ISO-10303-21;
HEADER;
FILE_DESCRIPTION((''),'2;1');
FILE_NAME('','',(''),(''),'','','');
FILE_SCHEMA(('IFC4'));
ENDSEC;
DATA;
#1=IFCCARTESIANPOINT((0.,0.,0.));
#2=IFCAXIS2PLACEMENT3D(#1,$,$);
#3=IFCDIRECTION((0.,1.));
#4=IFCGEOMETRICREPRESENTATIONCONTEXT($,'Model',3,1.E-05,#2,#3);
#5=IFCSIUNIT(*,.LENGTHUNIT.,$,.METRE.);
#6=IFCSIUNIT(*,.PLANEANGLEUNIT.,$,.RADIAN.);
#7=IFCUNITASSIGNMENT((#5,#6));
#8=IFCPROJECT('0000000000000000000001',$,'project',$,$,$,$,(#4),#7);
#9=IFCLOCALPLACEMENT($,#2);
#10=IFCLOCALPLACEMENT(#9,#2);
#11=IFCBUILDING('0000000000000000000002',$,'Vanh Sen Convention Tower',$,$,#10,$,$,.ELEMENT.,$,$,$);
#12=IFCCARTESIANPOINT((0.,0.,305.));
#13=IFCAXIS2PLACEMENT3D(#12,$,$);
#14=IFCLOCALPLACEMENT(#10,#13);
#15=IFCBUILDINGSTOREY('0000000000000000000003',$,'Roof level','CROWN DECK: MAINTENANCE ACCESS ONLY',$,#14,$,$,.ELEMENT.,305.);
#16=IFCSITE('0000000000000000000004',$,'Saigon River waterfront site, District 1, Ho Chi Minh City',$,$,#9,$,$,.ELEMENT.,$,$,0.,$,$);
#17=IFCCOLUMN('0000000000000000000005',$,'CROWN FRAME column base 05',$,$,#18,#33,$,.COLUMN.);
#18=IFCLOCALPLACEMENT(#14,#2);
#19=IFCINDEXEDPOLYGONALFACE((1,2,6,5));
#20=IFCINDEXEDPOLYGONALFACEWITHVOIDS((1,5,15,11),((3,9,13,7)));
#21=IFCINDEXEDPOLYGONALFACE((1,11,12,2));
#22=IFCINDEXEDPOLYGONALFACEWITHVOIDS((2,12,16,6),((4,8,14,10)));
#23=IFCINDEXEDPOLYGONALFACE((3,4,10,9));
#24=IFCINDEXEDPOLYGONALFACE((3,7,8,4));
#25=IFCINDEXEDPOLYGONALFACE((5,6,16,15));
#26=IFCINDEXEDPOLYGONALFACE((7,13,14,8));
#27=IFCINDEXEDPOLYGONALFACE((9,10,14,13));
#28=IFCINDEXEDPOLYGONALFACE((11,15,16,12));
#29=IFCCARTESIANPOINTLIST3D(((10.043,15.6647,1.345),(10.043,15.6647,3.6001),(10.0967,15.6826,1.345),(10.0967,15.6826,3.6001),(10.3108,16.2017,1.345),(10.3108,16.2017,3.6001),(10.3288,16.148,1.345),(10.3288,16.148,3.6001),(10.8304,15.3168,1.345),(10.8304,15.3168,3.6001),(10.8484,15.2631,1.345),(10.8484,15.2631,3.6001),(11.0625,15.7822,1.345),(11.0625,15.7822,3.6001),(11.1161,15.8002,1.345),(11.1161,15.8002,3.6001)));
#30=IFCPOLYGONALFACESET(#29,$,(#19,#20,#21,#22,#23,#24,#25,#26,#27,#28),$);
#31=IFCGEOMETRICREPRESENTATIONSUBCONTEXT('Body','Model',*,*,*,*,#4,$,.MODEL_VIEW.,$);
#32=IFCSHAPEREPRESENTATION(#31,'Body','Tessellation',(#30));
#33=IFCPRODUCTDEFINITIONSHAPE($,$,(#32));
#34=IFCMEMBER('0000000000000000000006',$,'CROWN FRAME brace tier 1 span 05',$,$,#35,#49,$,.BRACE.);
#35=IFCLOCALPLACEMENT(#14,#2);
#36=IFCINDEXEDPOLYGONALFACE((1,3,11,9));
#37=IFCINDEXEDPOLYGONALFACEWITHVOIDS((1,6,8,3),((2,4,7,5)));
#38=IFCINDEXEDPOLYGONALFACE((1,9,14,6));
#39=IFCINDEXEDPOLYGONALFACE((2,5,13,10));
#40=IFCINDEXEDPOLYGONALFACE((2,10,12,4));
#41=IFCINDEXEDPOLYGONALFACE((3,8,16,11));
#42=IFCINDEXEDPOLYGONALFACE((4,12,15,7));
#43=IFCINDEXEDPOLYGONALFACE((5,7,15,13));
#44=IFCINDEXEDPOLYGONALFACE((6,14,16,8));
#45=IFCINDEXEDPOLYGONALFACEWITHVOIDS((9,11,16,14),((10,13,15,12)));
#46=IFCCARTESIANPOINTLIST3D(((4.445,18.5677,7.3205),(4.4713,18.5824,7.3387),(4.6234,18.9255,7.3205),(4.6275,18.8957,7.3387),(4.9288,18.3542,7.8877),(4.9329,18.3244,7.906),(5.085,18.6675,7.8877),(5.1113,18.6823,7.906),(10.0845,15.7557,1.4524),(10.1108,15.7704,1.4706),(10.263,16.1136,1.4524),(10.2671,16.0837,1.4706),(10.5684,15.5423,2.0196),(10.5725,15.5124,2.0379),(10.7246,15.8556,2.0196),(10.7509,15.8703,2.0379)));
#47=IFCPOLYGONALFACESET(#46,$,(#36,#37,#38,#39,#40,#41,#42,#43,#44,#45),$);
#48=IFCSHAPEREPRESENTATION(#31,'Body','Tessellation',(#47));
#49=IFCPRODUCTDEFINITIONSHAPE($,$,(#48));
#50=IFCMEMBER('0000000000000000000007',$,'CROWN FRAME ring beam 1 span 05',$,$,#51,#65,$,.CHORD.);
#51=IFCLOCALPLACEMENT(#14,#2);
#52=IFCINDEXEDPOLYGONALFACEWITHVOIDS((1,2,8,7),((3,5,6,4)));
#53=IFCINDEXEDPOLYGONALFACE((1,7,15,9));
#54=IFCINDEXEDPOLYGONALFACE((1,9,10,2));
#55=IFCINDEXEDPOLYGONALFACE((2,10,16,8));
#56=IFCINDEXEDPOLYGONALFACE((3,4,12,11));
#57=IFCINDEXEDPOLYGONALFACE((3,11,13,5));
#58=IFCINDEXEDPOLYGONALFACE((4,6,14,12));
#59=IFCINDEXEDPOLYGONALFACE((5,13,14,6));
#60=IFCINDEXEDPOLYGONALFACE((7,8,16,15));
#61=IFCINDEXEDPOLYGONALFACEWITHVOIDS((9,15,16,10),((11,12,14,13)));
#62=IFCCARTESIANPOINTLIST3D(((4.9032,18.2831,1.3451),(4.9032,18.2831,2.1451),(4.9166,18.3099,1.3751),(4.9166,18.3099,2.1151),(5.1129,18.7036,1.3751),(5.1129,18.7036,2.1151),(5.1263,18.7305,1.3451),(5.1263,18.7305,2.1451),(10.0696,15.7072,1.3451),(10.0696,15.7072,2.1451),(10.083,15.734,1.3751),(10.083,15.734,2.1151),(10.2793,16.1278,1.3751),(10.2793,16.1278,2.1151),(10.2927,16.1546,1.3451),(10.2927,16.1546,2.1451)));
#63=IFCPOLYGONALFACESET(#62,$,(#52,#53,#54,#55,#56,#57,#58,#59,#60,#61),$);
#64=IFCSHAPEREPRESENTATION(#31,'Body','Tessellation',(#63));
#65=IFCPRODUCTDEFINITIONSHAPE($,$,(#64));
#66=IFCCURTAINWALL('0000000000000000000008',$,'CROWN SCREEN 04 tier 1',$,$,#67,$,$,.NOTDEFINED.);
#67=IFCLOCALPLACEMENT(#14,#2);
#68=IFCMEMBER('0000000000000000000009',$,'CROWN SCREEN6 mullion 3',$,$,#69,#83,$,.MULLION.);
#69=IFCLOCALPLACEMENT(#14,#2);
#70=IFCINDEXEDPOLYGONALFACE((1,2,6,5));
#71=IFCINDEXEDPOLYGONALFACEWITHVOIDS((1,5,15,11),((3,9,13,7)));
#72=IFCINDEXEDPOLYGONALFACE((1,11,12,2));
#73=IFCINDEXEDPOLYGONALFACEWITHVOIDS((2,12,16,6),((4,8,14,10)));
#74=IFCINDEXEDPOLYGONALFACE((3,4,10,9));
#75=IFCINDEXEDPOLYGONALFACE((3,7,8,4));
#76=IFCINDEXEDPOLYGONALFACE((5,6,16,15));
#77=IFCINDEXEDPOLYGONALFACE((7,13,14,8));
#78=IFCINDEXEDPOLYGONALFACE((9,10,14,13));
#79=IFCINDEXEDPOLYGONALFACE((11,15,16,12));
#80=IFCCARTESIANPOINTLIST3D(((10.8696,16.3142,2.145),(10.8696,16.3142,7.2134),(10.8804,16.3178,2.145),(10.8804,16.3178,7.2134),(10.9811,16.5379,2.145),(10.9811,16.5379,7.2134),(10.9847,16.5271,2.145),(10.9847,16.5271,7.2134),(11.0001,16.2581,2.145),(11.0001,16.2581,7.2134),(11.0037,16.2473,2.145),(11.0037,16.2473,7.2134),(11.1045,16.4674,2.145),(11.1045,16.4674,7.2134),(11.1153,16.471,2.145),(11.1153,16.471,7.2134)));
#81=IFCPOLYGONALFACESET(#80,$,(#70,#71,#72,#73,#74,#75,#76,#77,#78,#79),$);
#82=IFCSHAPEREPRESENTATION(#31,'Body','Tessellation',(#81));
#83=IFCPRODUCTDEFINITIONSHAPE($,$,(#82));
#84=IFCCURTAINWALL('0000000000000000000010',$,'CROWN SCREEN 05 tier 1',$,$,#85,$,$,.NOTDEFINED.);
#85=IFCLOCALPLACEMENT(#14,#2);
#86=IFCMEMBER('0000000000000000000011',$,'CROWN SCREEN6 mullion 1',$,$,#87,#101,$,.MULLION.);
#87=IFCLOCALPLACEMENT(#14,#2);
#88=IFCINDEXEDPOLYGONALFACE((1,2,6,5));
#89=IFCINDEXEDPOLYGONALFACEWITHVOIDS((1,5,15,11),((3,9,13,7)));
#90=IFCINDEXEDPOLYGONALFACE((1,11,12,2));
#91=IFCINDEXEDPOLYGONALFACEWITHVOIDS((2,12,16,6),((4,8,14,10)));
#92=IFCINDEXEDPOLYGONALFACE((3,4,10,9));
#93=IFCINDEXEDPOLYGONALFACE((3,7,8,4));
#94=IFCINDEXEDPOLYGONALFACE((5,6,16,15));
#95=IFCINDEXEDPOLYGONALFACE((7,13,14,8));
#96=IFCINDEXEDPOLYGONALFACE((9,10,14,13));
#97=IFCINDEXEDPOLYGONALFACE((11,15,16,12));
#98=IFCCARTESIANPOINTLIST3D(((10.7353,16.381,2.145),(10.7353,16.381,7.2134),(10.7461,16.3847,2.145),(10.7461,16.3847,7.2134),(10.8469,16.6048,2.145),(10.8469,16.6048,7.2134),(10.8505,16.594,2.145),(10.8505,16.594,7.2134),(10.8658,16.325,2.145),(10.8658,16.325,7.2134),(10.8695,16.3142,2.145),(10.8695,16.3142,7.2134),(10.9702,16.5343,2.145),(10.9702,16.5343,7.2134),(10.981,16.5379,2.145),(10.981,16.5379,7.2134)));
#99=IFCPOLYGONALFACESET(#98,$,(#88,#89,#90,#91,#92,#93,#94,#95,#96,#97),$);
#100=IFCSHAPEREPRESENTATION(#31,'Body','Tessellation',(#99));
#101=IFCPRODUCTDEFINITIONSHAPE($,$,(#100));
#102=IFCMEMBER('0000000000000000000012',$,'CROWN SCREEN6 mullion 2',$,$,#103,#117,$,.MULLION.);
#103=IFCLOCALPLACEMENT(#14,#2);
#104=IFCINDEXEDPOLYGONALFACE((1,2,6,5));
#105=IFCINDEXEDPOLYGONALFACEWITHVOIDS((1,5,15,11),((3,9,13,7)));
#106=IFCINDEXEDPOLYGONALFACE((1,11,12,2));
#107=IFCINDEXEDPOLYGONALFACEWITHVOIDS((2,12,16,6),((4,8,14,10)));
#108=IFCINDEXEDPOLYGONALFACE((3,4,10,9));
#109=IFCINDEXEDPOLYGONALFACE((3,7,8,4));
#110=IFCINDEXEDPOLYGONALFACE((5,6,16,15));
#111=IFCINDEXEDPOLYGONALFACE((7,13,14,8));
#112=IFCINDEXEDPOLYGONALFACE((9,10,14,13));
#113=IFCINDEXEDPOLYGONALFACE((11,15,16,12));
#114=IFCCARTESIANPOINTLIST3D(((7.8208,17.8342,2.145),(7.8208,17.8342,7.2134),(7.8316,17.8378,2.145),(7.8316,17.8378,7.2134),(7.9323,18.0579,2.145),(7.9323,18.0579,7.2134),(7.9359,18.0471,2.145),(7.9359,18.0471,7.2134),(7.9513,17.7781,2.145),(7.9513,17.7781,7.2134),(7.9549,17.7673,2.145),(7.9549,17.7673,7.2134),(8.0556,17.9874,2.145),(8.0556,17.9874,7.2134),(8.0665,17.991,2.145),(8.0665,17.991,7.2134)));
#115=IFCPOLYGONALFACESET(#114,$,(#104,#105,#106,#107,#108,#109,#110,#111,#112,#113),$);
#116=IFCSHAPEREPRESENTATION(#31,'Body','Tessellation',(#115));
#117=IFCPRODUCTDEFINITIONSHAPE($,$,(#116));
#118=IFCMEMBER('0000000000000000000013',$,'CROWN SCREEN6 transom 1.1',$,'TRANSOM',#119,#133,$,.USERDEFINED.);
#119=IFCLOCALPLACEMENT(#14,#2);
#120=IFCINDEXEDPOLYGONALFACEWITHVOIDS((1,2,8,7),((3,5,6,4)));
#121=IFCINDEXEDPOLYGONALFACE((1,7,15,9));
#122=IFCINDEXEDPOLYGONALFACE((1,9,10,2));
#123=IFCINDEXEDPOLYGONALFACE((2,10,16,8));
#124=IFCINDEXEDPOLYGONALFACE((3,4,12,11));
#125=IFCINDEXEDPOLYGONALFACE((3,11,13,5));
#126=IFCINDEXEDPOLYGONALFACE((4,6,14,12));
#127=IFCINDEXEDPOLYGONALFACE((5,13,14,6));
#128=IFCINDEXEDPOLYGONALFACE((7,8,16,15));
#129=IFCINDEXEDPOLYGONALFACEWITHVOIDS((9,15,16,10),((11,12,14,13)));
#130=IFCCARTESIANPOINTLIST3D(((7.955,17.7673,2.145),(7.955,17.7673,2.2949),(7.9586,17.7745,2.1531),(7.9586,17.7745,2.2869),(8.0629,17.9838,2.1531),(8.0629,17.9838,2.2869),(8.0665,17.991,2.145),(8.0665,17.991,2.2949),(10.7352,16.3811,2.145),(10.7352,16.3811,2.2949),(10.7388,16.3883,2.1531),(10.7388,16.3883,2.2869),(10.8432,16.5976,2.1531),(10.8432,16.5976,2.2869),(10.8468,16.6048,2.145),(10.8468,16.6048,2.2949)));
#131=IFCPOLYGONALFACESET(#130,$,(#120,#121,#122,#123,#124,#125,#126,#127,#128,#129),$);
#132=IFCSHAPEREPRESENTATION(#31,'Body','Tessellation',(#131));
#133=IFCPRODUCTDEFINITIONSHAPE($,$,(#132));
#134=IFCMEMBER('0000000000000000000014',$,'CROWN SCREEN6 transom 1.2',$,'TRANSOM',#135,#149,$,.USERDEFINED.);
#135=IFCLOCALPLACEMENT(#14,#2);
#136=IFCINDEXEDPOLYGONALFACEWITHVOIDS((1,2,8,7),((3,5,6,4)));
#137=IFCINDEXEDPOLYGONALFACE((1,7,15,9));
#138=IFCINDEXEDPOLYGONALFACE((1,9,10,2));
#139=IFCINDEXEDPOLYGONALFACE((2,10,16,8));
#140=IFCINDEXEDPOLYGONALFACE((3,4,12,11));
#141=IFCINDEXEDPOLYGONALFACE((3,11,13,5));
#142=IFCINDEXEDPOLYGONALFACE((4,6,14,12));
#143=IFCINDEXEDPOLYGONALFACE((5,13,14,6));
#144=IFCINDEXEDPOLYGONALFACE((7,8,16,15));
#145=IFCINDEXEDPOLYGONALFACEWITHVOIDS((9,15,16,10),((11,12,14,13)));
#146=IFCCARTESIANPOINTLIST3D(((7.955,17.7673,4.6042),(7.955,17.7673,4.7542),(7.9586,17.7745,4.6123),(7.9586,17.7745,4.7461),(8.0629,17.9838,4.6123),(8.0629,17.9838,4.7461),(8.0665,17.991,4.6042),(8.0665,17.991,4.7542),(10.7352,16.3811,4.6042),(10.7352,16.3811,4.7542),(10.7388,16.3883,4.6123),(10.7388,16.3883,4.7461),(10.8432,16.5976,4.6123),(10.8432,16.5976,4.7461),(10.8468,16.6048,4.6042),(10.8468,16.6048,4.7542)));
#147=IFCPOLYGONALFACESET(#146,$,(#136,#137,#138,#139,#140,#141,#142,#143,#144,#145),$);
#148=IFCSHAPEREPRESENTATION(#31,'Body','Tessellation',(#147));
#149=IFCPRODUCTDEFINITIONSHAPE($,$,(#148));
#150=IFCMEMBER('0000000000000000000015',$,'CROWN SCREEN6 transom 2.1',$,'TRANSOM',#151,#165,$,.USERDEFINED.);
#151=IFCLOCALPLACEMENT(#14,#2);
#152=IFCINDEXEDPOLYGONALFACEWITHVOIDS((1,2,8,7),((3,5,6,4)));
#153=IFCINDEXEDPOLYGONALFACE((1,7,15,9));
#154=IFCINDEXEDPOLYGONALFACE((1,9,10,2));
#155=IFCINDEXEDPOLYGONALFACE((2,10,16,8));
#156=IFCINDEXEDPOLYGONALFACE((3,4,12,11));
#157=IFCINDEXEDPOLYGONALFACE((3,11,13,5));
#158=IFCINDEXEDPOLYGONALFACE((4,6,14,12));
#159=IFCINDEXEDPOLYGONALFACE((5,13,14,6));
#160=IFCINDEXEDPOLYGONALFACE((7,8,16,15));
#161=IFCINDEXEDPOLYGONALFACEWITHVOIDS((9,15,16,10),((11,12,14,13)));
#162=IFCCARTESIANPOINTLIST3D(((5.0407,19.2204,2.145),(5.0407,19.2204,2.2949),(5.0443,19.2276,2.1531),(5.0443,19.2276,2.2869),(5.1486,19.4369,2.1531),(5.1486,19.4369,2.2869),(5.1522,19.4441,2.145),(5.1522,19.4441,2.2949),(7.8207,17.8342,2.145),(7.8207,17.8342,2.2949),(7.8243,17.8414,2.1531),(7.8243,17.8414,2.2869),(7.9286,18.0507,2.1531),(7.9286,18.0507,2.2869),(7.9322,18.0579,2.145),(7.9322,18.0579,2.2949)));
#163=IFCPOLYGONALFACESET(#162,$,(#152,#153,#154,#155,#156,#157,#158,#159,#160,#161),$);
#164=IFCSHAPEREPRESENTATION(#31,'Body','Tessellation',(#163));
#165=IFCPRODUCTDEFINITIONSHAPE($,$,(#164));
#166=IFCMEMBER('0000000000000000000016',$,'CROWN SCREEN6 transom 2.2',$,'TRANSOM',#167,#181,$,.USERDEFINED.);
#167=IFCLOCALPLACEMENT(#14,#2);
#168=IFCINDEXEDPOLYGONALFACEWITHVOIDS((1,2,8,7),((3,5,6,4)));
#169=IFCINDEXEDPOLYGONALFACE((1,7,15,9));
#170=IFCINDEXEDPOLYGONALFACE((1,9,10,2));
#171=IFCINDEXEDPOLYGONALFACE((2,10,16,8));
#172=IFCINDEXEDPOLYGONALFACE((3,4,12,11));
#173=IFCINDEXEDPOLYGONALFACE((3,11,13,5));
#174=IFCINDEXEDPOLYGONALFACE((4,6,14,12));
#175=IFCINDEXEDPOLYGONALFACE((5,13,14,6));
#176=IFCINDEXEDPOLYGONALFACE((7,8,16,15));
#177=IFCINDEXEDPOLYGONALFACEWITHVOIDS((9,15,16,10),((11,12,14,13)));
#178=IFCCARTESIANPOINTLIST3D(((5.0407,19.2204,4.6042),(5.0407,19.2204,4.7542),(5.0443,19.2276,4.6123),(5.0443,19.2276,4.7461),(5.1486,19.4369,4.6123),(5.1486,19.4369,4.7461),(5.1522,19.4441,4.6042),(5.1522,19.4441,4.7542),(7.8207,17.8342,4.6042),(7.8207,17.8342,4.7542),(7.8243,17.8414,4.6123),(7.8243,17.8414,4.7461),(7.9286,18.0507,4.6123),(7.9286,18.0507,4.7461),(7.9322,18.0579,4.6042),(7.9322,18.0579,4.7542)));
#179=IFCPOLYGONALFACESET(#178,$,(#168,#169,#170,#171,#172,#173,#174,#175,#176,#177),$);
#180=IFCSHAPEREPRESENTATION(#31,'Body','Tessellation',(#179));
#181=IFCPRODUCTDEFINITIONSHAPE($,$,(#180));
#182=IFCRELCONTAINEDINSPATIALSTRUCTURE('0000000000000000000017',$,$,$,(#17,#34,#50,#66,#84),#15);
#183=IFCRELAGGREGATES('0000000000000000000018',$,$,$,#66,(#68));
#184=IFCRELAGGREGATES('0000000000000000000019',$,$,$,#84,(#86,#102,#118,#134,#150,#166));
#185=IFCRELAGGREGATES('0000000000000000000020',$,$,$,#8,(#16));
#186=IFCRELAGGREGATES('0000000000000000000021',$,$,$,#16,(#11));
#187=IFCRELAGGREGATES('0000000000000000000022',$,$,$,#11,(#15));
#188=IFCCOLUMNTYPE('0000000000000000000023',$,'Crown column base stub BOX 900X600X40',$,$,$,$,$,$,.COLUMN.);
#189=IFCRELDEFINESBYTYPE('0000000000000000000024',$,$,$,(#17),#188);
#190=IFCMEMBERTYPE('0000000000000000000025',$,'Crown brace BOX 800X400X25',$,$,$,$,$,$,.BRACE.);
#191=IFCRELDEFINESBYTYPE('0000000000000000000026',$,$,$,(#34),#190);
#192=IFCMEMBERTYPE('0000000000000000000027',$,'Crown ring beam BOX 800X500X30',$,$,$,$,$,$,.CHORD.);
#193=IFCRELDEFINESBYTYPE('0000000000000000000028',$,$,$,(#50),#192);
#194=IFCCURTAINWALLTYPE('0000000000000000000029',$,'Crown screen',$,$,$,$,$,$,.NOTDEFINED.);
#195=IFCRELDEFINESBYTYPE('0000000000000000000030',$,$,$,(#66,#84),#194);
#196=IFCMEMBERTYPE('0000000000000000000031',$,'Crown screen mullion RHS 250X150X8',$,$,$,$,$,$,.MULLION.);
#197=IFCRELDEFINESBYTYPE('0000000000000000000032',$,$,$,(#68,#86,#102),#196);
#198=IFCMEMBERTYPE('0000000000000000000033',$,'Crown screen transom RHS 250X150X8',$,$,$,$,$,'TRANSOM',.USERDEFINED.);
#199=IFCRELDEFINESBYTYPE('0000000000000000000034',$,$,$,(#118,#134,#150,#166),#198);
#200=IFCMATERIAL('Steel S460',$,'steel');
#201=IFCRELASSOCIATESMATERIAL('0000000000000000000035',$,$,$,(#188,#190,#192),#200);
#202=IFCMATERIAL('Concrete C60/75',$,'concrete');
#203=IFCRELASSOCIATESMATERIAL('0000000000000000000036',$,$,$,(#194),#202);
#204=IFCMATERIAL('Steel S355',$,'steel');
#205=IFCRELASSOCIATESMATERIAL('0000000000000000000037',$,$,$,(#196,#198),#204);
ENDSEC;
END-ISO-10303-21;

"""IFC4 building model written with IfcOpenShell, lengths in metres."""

from ifc_helpers import new_model, si_unit, direction, frame, origin, origin_2d, place, context, subcontext, project, spatial, hollow_rectangle, extrude, material, material_profile, profile_set, type_object, element, aggregate, save


model = new_model("IFC4")

# Units and contexts
model_context = context("Model", 3, precision=1e-05, world=origin(), true_north=direction((0.0, 1.0)))
body_context = subcontext(model_context, "Body", "Model", "MODEL_VIEW")
ifc_project = project(units=[si_unit("LENGTHUNIT", "METRE"), si_unit("PLANEANGLEUNIT", "RADIAN")], contexts=[model_context])

# Site, building, storey
site_placement = place(None, origin())
site = spatial("IfcSite", under=ifc_project, at=site_placement, Name="Saigon River waterfront site, District 1, Ho Chi Minh City", CompositionType="ELEMENT", RefElevation=0.0)
building_placement = place(site_placement, origin())
building = spatial("IfcBuilding", under=site, at=building_placement, Name="Vanh Sen Convention Tower", CompositionType="ELEMENT")
storey_placement = place(building_placement, frame((0.0, 0.0, 305.0)))
storey = spatial("IfcBuildingStorey", under=building, at=storey_placement, Name="Roof level", Description="CROWN DECK: MAINTENANCE ACCESS ONLY", CompositionType="ELEMENT", Elevation=305.0)

# Column
ifc_material_1 = material(Name="Steel S460", Category="steel")
ifc_material_profile_1 = material_profile(ifc_material_1, hollow_rectangle(XDim=0.6001, YDim=0.8999, WallThickness=0.04, at=origin_2d()), Name="BOX 900X600X40")
ifc_profile_set_1 = profile_set([ifc_material_profile_1], Name="Steel S460")
column_type = type_object("IfcColumnType", Name="Crown column base stub BOX 900X600X40", PredefinedType="COLUMN", material=ifc_profile_set_1)
column_placement = place(storey_placement, frame((10.5796, 15.7324, 1.345), z_axis=(0.0, 0.0, 1.0), x_axis=(-0.446198, -0.894934, 0.0)))
element("IfcColumn", 1, at=column_placement, inside=storey, type_object=column_type, Name="CROWN FRAME column base 05", PredefinedType="COLUMN", context=body_context, shape_type="SweptSolid", body=[
    extrude(hollow_rectangle(XDim=0.6001, YDim=0.8999, WallThickness=0.04, at=origin_2d()), origin(), (0.0, 0.0, 1.0), 2.2551),
])

# Members
ifc_material_profile_2 = material_profile(ifc_material_1, hollow_rectangle(XDim=0.3999, YDim=0.8, WallThickness=0.0249, at=origin_2d()), Name="BOX 800X400X25")
ifc_profile_set_2 = profile_set([ifc_material_profile_2], Name="Steel S460")
member_type_1 = type_object("IfcMemberType", Name="Crown brace BOX 800X400X25", PredefinedType="BRACE", material=ifc_profile_set_2)
member_1_placement = place(storey_placement, frame((10.4177, 15.813, 1.7451), z_axis=(-0.654939, 0.326562, 0.681477), x_axis=(-0.446222, -0.894923, 0.0)))
element("IfcMember", 2, at=member_1_placement, inside=storey, type_object=member_type_1, Name="CROWN FRAME brace tier 1 span 05", PredefinedType="BRACE", context=body_context, shape_type="SweptSolid", body=[
    extrude(hollow_rectangle(XDim=0.3999, YDim=0.8, WallThickness=0.0249, at=origin_2d()), origin(), (0.0, 0.0, 1.0), 8.6108),
])
ifc_material_profile_3 = material_profile(ifc_material_1, hollow_rectangle(XDim=0.5, YDim=0.8, WallThickness=0.03, at=origin_2d()), Name="BOX 800X500X30")
ifc_profile_set_3 = profile_set([ifc_material_profile_3], Name="Steel S460")
member_type_2 = type_object("IfcMemberType", Name="Crown ring beam BOX 800X500X30", PredefinedType="CHORD", material=ifc_profile_set_3)
member_2_placement = place(storey_placement, frame((10.1812, 15.9309, 1.7451), z_axis=(-0.894934, 0.446198, 0.0), x_axis=(-0.446198, -0.894934, 0.0)))
element("IfcMember", 3, at=member_2_placement, inside=storey, type_object=member_type_2, Name="CROWN FRAME ring beam 1 span 05", PredefinedType="CHORD", context=body_context, shape_type="SweptSolid", body=[
    extrude(hollow_rectangle(XDim=0.5, YDim=0.8, WallThickness=0.03, at=origin_2d()), origin(), (0.0, 0.0, 1.0), 5.7729),
])

# Curtain wall, member
ifc_material_2 = material(Name="Concrete C60/75", Category="concrete")
curtain_wall_type = type_object("IfcCurtainWallType", Name="Crown screen", PredefinedType="NOTDEFINED", material=ifc_material_2)
curtain_wall_1_placement = place(storey_placement, origin())
curtain_wall_1 = element("IfcCurtainWall", 4, at=curtain_wall_1_placement, inside=storey, type_object=curtain_wall_type, Name="CROWN SCREEN 04 tier 1", PredefinedType="NOTDEFINED")
ifc_material_3 = material(Name="Steel S355", Category="steel")
ifc_material_profile_4 = material_profile(ifc_material_3, hollow_rectangle(XDim=0.25, YDim=0.1499, WallThickness=0.0081, at=origin_2d()), Name="RHS 250X150X8")
ifc_profile_set_4 = profile_set([ifc_material_profile_4], Name="Steel S355")
member_type_3 = type_object("IfcMemberType", Name="Crown screen mullion RHS 250X150X8", PredefinedType="MULLION", material=ifc_profile_set_4)
member_3_placement = place(storey_placement, frame((10.9924, 16.3926, 2.145), z_axis=(0.0, 0.0, 1.0), x_axis=(-0.446205, -0.894931, 0.0)))
member_3 = element("IfcMember", 5, at=member_3_placement, type_object=member_type_3, Name="CROWN SCREEN6 mullion 3", PredefinedType="MULLION", context=body_context, shape_type="SweptSolid", body=[
    extrude(hollow_rectangle(XDim=0.25, YDim=0.1499, WallThickness=0.0081, at=origin_2d()), origin(), (0.0, 0.0, 1.0), 5.0684),
])
aggregate(curtain_wall_1, [member_3])

# Curtain wall, members
curtain_wall_2_placement = place(storey_placement, origin())
curtain_wall_2 = element("IfcCurtainWall", 6, at=curtain_wall_2_placement, inside=storey, type_object=curtain_wall_type, Name="CROWN SCREEN 05 tier 1", PredefinedType="NOTDEFINED")
member_4_placement = place(storey_placement, frame((10.8582, 16.4595, 2.145), z_axis=(0.0, 0.0, 1.0), x_axis=(-0.446193, -0.894937, 0.0)))
member_4 = element("IfcMember", 7, at=member_4_placement, type_object=member_type_3, Name="CROWN SCREEN6 mullion 1", PredefinedType="MULLION", context=body_context, shape_type="SweptSolid", body=[
    extrude(hollow_rectangle(XDim=0.25, YDim=0.1499, WallThickness=0.0081, at=origin_2d()), origin(), (0.0, 0.0, 1.0), 5.0684),
])
member_5_placement = place(storey_placement, frame((7.9436, 17.9126, 2.145), z_axis=(0.0, 0.0, 1.0), x_axis=(-0.446193, -0.894937, 0.0)))
member_5 = element("IfcMember", 8, at=member_5_placement, type_object=member_type_3, Name="CROWN SCREEN6 mullion 2", PredefinedType="MULLION", context=body_context, shape_type="SweptSolid", body=[
    extrude(hollow_rectangle(XDim=0.25, YDim=0.1499, WallThickness=0.0081, at=origin_2d()), origin(), (0.0, 0.0, 1.0), 5.0684),
])
ifc_material_profile_5 = material_profile(ifc_material_3, hollow_rectangle(XDim=0.25, YDim=0.1499, WallThickness=0.0081, at=origin_2d()), Name="RHS 250X150X8")
ifc_profile_set_5 = profile_set([ifc_material_profile_5], Name="Steel S355")
member_type_4 = type_object("IfcMemberType", Name="Crown screen transom RHS 250X150X8", ElementType="TRANSOM", PredefinedType="USERDEFINED", material=ifc_profile_set_5)
member_6_placement = place(storey_placement, frame((10.791, 16.4929, 2.22), z_axis=(-0.89493, 0.446207, 0.0), x_axis=(-0.446207, -0.89493, 0.0)))
member_6 = element("IfcMember", 9, at=member_6_placement, type_object=member_type_4, Name="CROWN SCREEN6 transom 1.1", ObjectType="TRANSOM", PredefinedType="USERDEFINED", context=body_context, shape_type="SweptSolid", body=[
    extrude(hollow_rectangle(XDim=0.25, YDim=0.1499, WallThickness=0.0081, at=origin_2d()), origin(), (0.0, 0.0, 1.0), 3.1067),
])
member_7_placement = place(storey_placement, frame((10.791, 16.4929, 4.6792), z_axis=(-0.89493, 0.446207, 0.0), x_axis=(-0.446207, -0.89493, 0.0)))
member_7 = element("IfcMember", 10, at=member_7_placement, type_object=member_type_4, Name="CROWN SCREEN6 transom 1.2", ObjectType="TRANSOM", PredefinedType="USERDEFINED", context=body_context, shape_type="SweptSolid", body=[
    extrude(hollow_rectangle(XDim=0.25, YDim=0.1499, WallThickness=0.0081, at=origin_2d()), origin(), (0.0, 0.0, 1.0), 3.1067),
])
member_8_placement = place(storey_placement, frame((7.8765, 17.946, 2.22), z_axis=(-0.894914, 0.446239, 0.0), x_axis=(-0.446239, -0.894914, 0.0)))
member_8 = element("IfcMember", 11, at=member_8_placement, type_object=member_type_4, Name="CROWN SCREEN6 transom 2.1", ObjectType="TRANSOM", PredefinedType="USERDEFINED", context=body_context, shape_type="SweptSolid", body=[
    extrude(hollow_rectangle(XDim=0.25, YDim=0.1499, WallThickness=0.0081, at=origin_2d()), origin(), (0.0, 0.0, 1.0), 3.1064),
])
member_9_placement = place(storey_placement, frame((7.8765, 17.946, 4.6792), z_axis=(-0.894914, 0.446239, 0.0), x_axis=(-0.446239, -0.894914, 0.0)))
member_9 = element("IfcMember", 12, at=member_9_placement, type_object=member_type_4, Name="CROWN SCREEN6 transom 2.2", ObjectType="TRANSOM", PredefinedType="USERDEFINED", context=body_context, shape_type="SweptSolid", body=[
    extrude(hollow_rectangle(XDim=0.25, YDim=0.1499, WallThickness=0.0081, at=origin_2d()), origin(), (0.0, 0.0, 1.0), 3.1064),
])

aggregate(curtain_wall_2, [member_4, member_5, member_6, member_7, member_8, member_9])

save(model, "model.ifc")
